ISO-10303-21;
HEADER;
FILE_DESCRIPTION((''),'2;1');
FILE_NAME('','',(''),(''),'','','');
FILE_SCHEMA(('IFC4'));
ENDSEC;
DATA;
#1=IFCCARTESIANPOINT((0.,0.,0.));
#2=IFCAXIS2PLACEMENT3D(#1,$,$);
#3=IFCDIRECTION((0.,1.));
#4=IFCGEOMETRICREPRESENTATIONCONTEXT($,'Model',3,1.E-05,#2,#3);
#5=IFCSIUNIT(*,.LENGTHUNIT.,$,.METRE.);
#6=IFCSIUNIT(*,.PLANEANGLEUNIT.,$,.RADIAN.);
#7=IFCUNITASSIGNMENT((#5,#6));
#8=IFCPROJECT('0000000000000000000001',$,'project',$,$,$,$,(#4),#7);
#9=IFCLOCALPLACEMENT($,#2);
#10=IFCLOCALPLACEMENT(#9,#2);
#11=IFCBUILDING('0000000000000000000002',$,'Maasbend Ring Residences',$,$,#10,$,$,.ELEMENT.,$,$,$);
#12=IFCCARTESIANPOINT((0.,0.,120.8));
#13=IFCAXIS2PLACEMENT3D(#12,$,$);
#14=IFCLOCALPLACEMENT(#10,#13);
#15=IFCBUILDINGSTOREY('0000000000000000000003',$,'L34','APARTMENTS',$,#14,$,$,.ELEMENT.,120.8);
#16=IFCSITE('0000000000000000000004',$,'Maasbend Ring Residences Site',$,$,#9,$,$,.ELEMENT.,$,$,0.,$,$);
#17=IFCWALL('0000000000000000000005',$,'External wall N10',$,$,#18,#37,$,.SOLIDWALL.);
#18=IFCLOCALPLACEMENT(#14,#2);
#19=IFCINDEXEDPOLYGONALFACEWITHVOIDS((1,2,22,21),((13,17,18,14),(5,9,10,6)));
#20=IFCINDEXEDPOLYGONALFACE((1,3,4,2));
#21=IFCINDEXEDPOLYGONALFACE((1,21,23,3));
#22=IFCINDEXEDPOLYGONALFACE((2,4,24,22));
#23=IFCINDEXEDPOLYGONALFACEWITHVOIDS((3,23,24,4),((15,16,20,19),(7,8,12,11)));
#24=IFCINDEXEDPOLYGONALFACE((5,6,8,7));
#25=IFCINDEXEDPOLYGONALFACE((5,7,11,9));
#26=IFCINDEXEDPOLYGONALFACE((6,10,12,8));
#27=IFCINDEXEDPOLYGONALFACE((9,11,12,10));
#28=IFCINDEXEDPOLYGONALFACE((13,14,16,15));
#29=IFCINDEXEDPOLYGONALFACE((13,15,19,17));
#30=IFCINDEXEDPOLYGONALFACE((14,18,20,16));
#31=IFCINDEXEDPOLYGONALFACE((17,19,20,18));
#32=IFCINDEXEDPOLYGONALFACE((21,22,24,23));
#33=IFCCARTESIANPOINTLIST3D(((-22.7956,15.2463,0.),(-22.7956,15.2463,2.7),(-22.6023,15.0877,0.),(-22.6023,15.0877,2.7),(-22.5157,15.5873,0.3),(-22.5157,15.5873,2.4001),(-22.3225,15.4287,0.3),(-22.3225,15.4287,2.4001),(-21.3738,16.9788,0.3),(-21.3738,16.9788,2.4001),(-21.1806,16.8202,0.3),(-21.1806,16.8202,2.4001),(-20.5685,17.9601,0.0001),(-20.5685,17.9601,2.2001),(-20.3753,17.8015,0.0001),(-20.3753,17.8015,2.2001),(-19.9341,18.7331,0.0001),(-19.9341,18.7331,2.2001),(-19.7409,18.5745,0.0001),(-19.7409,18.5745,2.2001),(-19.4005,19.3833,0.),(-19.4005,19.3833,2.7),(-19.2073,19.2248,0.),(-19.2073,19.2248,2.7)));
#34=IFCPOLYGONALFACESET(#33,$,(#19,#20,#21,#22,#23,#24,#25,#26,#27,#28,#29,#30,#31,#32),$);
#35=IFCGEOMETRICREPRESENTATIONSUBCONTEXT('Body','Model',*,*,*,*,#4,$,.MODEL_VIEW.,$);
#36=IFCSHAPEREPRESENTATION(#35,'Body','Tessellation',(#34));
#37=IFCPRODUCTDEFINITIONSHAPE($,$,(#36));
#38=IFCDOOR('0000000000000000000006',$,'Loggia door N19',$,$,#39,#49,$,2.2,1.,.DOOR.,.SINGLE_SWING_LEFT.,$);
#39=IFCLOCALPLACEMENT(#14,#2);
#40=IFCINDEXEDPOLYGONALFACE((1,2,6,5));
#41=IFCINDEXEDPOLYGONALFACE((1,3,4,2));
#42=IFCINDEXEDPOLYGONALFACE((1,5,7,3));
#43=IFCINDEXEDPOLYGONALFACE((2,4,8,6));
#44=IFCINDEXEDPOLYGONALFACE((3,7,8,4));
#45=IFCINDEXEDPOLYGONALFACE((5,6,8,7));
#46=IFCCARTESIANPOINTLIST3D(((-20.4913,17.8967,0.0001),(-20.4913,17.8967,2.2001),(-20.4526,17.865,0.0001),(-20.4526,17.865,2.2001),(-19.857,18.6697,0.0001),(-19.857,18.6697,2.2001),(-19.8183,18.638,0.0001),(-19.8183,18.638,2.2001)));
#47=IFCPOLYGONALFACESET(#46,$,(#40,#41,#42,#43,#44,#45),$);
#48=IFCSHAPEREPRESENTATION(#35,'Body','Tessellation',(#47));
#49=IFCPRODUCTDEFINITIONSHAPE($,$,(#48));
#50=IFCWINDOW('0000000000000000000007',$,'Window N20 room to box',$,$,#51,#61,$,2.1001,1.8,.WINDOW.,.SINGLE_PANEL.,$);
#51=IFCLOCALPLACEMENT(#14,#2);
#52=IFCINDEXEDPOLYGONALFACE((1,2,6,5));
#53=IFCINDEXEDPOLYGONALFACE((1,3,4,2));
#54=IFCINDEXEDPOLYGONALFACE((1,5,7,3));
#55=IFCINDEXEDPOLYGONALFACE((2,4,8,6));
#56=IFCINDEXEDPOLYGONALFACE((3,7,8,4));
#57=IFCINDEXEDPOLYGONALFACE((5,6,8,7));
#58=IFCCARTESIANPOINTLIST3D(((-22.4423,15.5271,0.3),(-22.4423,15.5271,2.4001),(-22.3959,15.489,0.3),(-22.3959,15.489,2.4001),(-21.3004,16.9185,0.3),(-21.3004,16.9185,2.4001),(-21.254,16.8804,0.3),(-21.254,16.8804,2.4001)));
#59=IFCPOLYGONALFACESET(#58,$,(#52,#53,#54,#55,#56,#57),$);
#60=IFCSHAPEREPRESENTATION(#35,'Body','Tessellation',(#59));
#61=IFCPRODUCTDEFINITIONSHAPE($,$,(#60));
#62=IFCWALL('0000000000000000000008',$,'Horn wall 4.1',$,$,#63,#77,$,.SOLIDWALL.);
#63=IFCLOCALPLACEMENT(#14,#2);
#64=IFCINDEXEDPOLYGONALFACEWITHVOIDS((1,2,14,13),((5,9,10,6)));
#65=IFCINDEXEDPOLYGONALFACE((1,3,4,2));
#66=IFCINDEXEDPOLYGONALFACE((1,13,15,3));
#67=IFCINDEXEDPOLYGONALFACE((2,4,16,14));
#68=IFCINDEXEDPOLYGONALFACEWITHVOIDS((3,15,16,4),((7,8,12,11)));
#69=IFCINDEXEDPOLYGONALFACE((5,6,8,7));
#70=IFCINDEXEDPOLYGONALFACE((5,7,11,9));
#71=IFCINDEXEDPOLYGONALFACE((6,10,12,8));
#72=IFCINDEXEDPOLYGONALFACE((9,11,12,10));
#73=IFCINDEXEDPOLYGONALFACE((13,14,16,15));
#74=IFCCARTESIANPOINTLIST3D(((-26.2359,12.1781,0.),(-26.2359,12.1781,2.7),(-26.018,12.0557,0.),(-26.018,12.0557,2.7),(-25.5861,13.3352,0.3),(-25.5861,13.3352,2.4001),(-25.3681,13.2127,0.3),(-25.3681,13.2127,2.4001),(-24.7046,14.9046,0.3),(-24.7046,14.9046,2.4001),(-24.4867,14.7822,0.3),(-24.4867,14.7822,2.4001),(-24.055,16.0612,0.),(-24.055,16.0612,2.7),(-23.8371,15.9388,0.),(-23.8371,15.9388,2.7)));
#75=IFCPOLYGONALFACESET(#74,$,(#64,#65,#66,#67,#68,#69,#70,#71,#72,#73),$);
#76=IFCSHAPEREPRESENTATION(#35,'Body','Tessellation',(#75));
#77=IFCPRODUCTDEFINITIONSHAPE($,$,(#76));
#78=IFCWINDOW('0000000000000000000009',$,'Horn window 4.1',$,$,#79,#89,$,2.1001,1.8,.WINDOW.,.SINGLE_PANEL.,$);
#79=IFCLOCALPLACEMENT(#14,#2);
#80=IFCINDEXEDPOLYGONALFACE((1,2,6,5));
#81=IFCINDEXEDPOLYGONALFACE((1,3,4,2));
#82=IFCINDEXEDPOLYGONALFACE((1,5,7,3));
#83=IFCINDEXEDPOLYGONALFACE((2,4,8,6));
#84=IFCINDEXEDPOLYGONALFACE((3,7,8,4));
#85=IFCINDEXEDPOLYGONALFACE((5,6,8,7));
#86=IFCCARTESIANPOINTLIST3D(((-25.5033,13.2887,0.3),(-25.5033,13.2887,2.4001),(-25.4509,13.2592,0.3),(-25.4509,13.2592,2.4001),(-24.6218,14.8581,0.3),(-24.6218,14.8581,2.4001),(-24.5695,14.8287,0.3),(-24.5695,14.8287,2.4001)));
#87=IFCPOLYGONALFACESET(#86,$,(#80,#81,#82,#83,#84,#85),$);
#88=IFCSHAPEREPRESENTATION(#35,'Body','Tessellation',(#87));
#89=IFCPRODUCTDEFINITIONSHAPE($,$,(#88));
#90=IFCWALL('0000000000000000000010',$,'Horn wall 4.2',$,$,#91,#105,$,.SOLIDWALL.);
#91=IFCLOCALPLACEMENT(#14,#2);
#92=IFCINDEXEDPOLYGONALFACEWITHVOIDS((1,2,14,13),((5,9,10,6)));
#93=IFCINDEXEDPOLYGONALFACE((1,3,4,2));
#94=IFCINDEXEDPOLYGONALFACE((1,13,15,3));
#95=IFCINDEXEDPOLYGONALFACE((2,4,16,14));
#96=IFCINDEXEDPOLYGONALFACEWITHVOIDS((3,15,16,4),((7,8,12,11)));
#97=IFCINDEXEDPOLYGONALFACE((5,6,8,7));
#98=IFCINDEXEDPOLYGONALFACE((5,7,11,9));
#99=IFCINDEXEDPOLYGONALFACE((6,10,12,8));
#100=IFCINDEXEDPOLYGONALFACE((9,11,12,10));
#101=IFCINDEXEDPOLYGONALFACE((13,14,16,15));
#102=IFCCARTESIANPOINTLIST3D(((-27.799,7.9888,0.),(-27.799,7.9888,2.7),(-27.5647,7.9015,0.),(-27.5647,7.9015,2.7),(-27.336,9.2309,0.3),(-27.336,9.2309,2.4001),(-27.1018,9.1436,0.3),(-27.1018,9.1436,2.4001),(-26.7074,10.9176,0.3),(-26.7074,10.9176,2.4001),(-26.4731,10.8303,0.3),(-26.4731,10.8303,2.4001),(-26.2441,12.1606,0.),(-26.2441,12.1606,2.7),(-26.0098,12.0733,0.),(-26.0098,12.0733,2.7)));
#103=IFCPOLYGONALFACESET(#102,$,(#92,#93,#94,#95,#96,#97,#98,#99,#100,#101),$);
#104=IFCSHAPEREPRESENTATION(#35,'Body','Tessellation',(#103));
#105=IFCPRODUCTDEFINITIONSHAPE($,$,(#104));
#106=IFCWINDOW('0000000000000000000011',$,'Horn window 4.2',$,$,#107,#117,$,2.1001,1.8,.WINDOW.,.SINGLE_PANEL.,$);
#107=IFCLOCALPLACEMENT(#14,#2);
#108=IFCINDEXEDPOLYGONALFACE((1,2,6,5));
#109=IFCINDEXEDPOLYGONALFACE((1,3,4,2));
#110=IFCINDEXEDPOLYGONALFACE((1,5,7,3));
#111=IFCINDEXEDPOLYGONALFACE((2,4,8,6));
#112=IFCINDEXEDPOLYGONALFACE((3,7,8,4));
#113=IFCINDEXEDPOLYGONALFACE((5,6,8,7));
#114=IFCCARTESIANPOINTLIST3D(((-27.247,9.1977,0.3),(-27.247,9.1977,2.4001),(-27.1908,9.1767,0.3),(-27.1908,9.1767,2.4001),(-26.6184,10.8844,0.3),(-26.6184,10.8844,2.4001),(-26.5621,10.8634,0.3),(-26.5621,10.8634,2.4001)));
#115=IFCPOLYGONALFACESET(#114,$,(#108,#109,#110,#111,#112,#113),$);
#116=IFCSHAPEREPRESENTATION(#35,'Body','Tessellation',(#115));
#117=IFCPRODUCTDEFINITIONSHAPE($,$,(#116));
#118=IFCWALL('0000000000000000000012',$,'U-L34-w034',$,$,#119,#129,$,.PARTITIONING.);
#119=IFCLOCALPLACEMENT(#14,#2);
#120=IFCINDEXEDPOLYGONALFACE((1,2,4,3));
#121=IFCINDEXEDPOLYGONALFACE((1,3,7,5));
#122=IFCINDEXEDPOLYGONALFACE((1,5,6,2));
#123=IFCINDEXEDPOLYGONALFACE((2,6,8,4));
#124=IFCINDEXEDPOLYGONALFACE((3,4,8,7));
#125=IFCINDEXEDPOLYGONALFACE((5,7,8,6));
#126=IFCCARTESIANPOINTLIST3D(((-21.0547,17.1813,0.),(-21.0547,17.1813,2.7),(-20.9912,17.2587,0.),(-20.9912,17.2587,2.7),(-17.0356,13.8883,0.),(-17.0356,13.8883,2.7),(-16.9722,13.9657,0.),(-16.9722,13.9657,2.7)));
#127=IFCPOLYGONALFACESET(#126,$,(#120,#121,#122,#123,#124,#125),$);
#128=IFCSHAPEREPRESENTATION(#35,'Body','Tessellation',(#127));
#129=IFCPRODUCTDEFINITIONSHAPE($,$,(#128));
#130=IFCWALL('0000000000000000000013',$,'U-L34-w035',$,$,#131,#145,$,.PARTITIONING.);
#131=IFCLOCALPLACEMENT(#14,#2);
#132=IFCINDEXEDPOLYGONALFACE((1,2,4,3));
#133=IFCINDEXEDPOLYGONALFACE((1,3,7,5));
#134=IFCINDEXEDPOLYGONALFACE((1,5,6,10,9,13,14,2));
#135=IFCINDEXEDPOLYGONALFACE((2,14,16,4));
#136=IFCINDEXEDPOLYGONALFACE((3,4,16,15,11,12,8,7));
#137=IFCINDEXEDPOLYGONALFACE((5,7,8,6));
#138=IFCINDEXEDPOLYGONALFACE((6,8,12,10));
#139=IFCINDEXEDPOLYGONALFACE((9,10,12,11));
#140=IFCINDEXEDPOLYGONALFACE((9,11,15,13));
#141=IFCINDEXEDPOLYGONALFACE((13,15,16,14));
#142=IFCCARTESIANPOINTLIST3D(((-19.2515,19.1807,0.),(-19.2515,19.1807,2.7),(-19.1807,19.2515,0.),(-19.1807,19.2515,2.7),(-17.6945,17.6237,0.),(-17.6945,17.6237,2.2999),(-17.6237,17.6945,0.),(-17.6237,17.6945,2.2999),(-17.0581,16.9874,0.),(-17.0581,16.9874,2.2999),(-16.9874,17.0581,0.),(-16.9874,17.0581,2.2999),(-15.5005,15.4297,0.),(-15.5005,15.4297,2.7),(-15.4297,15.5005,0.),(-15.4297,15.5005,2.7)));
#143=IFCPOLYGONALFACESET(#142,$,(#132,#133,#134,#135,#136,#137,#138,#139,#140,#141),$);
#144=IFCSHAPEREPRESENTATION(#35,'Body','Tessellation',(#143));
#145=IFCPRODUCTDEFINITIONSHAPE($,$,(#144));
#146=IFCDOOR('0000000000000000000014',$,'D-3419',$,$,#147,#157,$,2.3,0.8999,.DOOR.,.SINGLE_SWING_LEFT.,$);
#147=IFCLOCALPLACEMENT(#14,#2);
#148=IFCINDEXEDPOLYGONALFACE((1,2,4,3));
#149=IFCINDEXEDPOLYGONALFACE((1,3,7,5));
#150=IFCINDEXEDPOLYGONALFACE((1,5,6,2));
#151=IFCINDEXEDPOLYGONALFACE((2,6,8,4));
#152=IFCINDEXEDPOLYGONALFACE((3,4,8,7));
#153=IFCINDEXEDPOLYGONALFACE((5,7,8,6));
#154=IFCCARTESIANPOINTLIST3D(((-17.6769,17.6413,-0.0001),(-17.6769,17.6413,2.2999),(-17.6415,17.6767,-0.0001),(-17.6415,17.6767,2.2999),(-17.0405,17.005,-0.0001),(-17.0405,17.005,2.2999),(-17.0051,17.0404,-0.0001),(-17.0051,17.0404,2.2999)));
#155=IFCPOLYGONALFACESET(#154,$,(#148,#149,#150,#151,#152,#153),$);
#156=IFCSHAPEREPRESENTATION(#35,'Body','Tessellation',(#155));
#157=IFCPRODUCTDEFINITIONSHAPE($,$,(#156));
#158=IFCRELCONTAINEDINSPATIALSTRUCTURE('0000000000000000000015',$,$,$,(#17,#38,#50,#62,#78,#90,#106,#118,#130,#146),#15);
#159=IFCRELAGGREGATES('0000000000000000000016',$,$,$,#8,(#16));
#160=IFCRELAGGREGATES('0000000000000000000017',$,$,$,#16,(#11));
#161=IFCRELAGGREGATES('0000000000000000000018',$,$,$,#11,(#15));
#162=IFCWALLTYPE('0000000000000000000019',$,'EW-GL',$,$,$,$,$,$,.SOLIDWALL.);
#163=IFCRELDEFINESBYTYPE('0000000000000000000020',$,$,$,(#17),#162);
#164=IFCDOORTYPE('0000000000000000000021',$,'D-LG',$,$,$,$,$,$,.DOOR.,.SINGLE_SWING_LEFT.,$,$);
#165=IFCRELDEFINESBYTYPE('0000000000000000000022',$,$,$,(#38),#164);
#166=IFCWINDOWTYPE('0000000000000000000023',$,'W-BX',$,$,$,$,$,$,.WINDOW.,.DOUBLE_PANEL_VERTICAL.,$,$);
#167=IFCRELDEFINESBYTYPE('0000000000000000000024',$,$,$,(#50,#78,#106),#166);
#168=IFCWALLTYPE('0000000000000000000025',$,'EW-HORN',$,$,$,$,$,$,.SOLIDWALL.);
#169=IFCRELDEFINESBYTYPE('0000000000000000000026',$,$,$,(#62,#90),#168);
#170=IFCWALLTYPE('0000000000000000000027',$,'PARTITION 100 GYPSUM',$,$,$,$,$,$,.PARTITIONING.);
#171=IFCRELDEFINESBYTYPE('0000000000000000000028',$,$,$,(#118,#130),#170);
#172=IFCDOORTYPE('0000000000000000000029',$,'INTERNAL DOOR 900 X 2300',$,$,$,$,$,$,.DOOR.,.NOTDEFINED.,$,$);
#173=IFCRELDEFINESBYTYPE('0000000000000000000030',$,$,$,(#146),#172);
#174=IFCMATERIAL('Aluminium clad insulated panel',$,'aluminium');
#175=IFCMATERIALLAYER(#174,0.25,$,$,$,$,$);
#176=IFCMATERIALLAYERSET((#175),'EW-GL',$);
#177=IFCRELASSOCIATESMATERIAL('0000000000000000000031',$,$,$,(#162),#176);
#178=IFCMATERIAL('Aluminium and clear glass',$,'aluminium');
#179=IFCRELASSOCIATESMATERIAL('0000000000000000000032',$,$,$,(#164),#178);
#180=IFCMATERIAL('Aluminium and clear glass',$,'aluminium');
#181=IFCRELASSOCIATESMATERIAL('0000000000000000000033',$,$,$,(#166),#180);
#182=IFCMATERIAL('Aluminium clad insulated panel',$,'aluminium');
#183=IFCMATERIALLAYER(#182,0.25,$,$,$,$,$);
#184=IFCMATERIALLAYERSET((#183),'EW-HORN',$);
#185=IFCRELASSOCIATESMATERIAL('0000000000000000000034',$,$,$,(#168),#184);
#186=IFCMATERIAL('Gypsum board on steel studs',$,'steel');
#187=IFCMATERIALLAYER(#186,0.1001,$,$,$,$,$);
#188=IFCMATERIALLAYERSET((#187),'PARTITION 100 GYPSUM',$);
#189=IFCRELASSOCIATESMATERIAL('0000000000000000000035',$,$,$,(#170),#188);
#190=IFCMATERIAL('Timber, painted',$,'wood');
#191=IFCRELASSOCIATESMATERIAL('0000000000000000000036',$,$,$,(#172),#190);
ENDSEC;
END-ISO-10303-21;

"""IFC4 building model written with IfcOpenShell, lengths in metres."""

from ifc_helpers import new_model, si_unit, direction, frame, frame_2d, origin, place, context, subcontext, project, spatial, rectangle, extrude, material, layer, layer_set, type_object, element, fill, save


model = new_model("IFC4")

# Units and contexts
model_context = context("Model", 3, precision=1e-05, world=origin(), true_north=direction((0.0, 1.0)))
body_context = subcontext(model_context, "Body", "Model", "MODEL_VIEW")
ifc_project = project(units=[si_unit("LENGTHUNIT", "METRE"), si_unit("PLANEANGLEUNIT", "RADIAN")], contexts=[model_context])

# Site, building, storey
site_placement = place(None, origin())
site = spatial("IfcSite", under=ifc_project, at=site_placement, Name="Maasbend Ring Residences Site", CompositionType="ELEMENT", RefElevation=0.0)
building_placement = place(site_placement, origin())
building = spatial("IfcBuilding", under=site, at=building_placement, Name="Maasbend Ring Residences", CompositionType="ELEMENT")
storey_placement = place(building_placement, frame((0.0, 0.0, 120.8)))
storey = spatial("IfcBuildingStorey", under=building, at=storey_placement, Name="L34", Description="APARTMENTS", CompositionType="ELEMENT", Elevation=120.8)

# Wall, openings, door, window
ifc_material_1 = material(Name="Aluminium clad insulated panel", Category="aluminium")
ifc_layer_1 = layer(ifc_material_1, 0.25)
ifc_layer_set_1 = layer_set([ifc_layer_1], Name="EW-GL")
wall_type_1 = type_object("IfcWallType", Name="EW-GL", PredefinedType="SOLIDWALL", material=ifc_layer_set_1)
wall_1_placement = place(storey_placement, frame((-19.304, 19.304, 0.0), z_axis=(0.0, 0.0, 1.0), x_axis=(-0.634382, -0.773019, 0.0)))
wall_1 = element("IfcWall", 1, at=wall_1_placement, inside=storey, type_object=wall_type_1, Name="External wall N10", PredefinedType="SOLIDWALL", context=body_context, shape_type="SweptSolid", body=[
    extrude(rectangle(XDim=5.3518, YDim=0.25, at=frame_2d((2.6758, 0.0))), origin(), (0.0, 0.0, 1.0), 2.7),
])
opening_1_placement = place(wall_1_placement, frame((0.8411, 0.0, 0.0)))
opening_1 = element("IfcOpeningElement", 2, at=opening_1_placement, cuts=wall_1, PredefinedType="OPENING", context=body_context, shape_type="SweptSolid", body=[
    extrude(rectangle(XDim=1.0, YDim=2.2, at=frame_2d((0.5, 1.1001))), frame((0.0, 0.135, 0.0), z_axis=(0.0, -1.0, 0.0), x_axis=(1.0, 0.0, 0.0)), (0.0, 0.0, 1.0), 0.27),
])
opening_2_placement = place(wall_1_placement, frame((3.1106, 0.0, 0.3)))
opening_2 = element("IfcOpeningElement", 3, at=opening_2_placement, cuts=wall_1, PredefinedType="OPENING", context=body_context, shape_type="SweptSolid", body=[
    extrude(rectangle(XDim=1.8, YDim=2.1001, at=frame_2d((0.8999, 1.05))), frame((0.0, 0.135, 0.0), z_axis=(0.0, -1.0, 0.0), x_axis=(1.0, 0.0, 0.0)), (0.0, 0.0, 1.0), 0.27),
])
ifc_material_2 = material(Name="Aluminium and clear glass", Category="aluminium")
door_type_1 = type_object("IfcDoorType", Name="D-LG", OperationType="SINGLE_SWING_LEFT", PredefinedType="DOOR", material=ifc_material_2)
door_1_placement = place(opening_1_placement, origin())
door_1 = element("IfcDoor", 4, at=door_1_placement, inside=storey, type_object=door_type_1, Name="Loggia door N19", OperationType="SINGLE_SWING_LEFT", OverallHeight=2.2, OverallWidth=1.0, PredefinedType="DOOR", context=body_context, shape_type="SweptSolid", body=[
    extrude(rectangle(XDim=1.0, YDim=2.2, at=frame_2d((0.5, 1.1001))), frame((0.0, 0.0249, 0.0), z_axis=(0.0, -1.0, 0.0), x_axis=(1.0, 0.0, 0.0)), (0.0, 0.0, 1.0), 0.05),
])
fill(opening_1, door_1)
ifc_material_3 = material(Name="Aluminium and clear glass", Category="aluminium")
window_type_1 = type_object("IfcWindowType", Name="W-BX", PartitioningType="DOUBLE_PANEL_VERTICAL", PredefinedType="WINDOW", material=ifc_material_3)
window_1_placement = place(opening_2_placement, origin())
window_1 = element("IfcWindow", 5, at=window_1_placement, inside=storey, type_object=window_type_1, Name="Window N20 room to box", OverallHeight=2.1001, OverallWidth=1.8, PartitioningType="SINGLE_PANEL", PredefinedType="WINDOW", context=body_context, shape_type="SweptSolid", body=[
    extrude(rectangle(XDim=1.8, YDim=2.1001, at=frame_2d((0.8999, 1.05))), frame((0.0, 0.03, 0.0), z_axis=(0.0, -1.0, 0.0), x_axis=(1.0, 0.0, 0.0)), (0.0, 0.0, 1.0), 0.0601),
])
fill(opening_2, window_1)

# Walls, openings, windows
ifc_material_4 = material(Name="Aluminium clad insulated panel", Category="aluminium")
ifc_layer_2 = layer(ifc_material_4, 0.25)
ifc_layer_set_2 = layer_set([ifc_layer_2], Name="EW-HORN")
wall_type_2 = type_object("IfcWallType", Name="EW-HORN", PredefinedType="SOLIDWALL", material=ifc_layer_set_2)
wall_2_placement = place(storey_placement, frame((-23.946, 16.0, 0.0), z_axis=(0.0, 0.0, 1.0), x_axis=(-0.489696, -0.871893, 0.0)))
wall_2 = element("IfcWall", 6, at=wall_2_placement, inside=storey, type_object=wall_type_2, Name="Horn wall 4.1", PredefinedType="SOLIDWALL", context=body_context, shape_type="SweptSolid", body=[
    extrude(rectangle(XDim=4.4536, YDim=0.25, at=frame_2d((2.2268, 0.0))), origin(), (0.0, 0.0, 1.0), 2.7),
])
opening_3_placement = place(wall_2_placement, frame((1.3267, 0.0, 0.3)))
opening_3 = element("IfcOpeningElement", 7, at=opening_3_placement, cuts=wall_2, PredefinedType="OPENING", context=body_context, shape_type="SweptSolid", body=[
    extrude(rectangle(XDim=1.8, YDim=2.1001, at=frame_2d((0.8999, 1.05))), frame((0.0, 0.135, 0.0), z_axis=(0.0, -1.0, 0.0), x_axis=(1.0, 0.0, 0.0)), (0.0, 0.0, 1.0), 0.27),
])
window_2_placement = place(opening_3_placement, origin())
window_2 = element("IfcWindow", 8, at=window_2_placement, inside=storey, type_object=window_type_1, Name="Horn window 4.1", OverallHeight=2.1001, OverallWidth=1.8, PartitioningType="SINGLE_PANEL", PredefinedType="WINDOW", context=body_context, shape_type="SweptSolid", body=[
    extrude(rectangle(XDim=1.8, YDim=2.1001, at=frame_2d((0.8999, 1.05))), frame((0.0, 0.03, 0.0), z_axis=(0.0, -1.0, 0.0), x_axis=(1.0, 0.0, 0.0)), (0.0, 0.0, 1.0), 0.0601),
])
fill(opening_3, window_2)
wall_3_placement = place(storey_placement, frame((-26.127, 12.1169, 0.0), z_axis=(0.0, 0.0, 1.0), x_axis=(-0.349248, -0.93703, 0.0)))
wall_3 = element("IfcWall", 9, at=wall_3_placement, inside=storey, type_object=wall_type_2, Name="Horn wall 4.2", PredefinedType="SOLIDWALL", context=body_context, shape_type="SweptSolid", body=[
    extrude(rectangle(XDim=4.4521, YDim=0.25, at=frame_2d((2.2261, 0.0))), origin(), (0.0, 0.0, 1.0), 2.7),
])
opening_4_placement = place(wall_3_placement, frame((1.3267, 0.0, 0.3)))
opening_4 = element("IfcOpeningElement", 10, at=opening_4_placement, cuts=wall_3, PredefinedType="OPENING", context=body_context, shape_type="SweptSolid", body=[
    extrude(rectangle(XDim=1.8, YDim=2.1001, at=frame_2d((0.8999, 1.05))), frame((0.0, 0.135, 0.0), z_axis=(0.0, -1.0, 0.0), x_axis=(1.0, 0.0, 0.0)), (0.0, 0.0, 1.0), 0.27),
])
window_3_placement = place(opening_4_placement, origin())
window_3 = element("IfcWindow", 11, at=window_3_placement, inside=storey, type_object=window_type_1, Name="Horn window 4.2", OverallHeight=2.1001, OverallWidth=1.8, PartitioningType="SINGLE_PANEL", PredefinedType="WINDOW", context=body_context, shape_type="SweptSolid", body=[
    extrude(rectangle(XDim=1.8, YDim=2.1001, at=frame_2d((0.8999, 1.05))), frame((0.0, 0.03, 0.0), z_axis=(0.0, -1.0, 0.0), x_axis=(1.0, 0.0, 0.0)), (0.0, 0.0, 1.0), 0.0601),
])
fill(opening_4, window_3)

# Wall
ifc_material_5 = material(Name="Gypsum board on steel studs", Category="steel")
ifc_layer_3 = layer(ifc_material_5, 0.1001)
ifc_layer_set_3 = layer_set([ifc_layer_3], Name="PARTITION 100 GYPSUM")
wall_type_3 = type_object("IfcWallType", Name="PARTITION 100 GYPSUM", PredefinedType="PARTITIONING", material=ifc_layer_set_3)
wall_4_placement = place(storey_placement, frame((-21.0229, 17.22, 0.0), z_axis=(0.0, 0.0, 1.0), x_axis=(0.773517, -0.633775, 0.0)))
element("IfcWall", 12, at=wall_4_placement, inside=storey, type_object=wall_type_3, Name="U-L34-w034", PredefinedType="PARTITIONING", context=body_context, shape_type="SweptSolid", body=[
    extrude(rectangle(XDim=5.1958, YDim=0.1001, at=frame_2d((2.5979, 0.0))), origin(), (0.0, 0.0, 1.0), 2.7),
])

# Wall, opening, door
wall_5_placement = place(storey_placement, frame((-19.2161, 19.2161, 0.0), z_axis=(0.0, 0.0, 1.0), x_axis=(0.707107, -0.707107, 0.0)))
wall_5 = element("IfcWall", 13, at=wall_5_placement, inside=storey, type_object=wall_type_3, Name="U-L34-w035", PredefinedType="PARTITIONING", context=body_context, shape_type="SweptSolid", body=[
    extrude(rectangle(XDim=5.3047, YDim=0.1001, at=frame_2d((2.6523, 0.0))), origin(), (0.0, 0.0, 1.0), 2.7),
])
opening_5_placement = place(wall_5_placement, frame((2.2019, 0.0, 0.0)))
opening_5 = element("IfcOpeningElement", 14, at=opening_5_placement, cuts=wall_5, PredefinedType="OPENING", context=body_context, shape_type="SweptSolid", body=[
    extrude(rectangle(XDim=0.8999, YDim=2.3, at=frame_2d((0.45, 1.1499))), frame((0.0, 0.0601, 0.0), z_axis=(0.0, -1.0, 0.0), x_axis=(1.0, 0.0, 0.0)), (0.0, 0.0, 1.0), 0.1201),
])
ifc_material_6 = material(Name="Timber, painted", Category="wood")
door_type_2 = type_object("IfcDoorType", Name="INTERNAL DOOR 900 X 2300", OperationType="NOTDEFINED", PredefinedType="DOOR", material=ifc_material_6)
door_2_placement = place(opening_5_placement, origin())
door_2 = element("IfcDoor", 15, at=door_2_placement, inside=storey, type_object=door_type_2, Name="D-3419", OperationType="SINGLE_SWING_LEFT", OverallHeight=2.3, OverallWidth=0.8999, PredefinedType="DOOR", context=body_context, shape_type="SweptSolid", body=[
    extrude(rectangle(XDim=0.8999, YDim=2.3, at=frame_2d((0.45, 1.1499))), frame((0.0, 0.0249, 0.0), z_axis=(0.0, -1.0, 0.0), x_axis=(1.0, 0.0, 0.0)), (0.0, 0.0, 1.0), 0.05),
])
fill(opening_5, door_2)

save(model, "model.ifc")
